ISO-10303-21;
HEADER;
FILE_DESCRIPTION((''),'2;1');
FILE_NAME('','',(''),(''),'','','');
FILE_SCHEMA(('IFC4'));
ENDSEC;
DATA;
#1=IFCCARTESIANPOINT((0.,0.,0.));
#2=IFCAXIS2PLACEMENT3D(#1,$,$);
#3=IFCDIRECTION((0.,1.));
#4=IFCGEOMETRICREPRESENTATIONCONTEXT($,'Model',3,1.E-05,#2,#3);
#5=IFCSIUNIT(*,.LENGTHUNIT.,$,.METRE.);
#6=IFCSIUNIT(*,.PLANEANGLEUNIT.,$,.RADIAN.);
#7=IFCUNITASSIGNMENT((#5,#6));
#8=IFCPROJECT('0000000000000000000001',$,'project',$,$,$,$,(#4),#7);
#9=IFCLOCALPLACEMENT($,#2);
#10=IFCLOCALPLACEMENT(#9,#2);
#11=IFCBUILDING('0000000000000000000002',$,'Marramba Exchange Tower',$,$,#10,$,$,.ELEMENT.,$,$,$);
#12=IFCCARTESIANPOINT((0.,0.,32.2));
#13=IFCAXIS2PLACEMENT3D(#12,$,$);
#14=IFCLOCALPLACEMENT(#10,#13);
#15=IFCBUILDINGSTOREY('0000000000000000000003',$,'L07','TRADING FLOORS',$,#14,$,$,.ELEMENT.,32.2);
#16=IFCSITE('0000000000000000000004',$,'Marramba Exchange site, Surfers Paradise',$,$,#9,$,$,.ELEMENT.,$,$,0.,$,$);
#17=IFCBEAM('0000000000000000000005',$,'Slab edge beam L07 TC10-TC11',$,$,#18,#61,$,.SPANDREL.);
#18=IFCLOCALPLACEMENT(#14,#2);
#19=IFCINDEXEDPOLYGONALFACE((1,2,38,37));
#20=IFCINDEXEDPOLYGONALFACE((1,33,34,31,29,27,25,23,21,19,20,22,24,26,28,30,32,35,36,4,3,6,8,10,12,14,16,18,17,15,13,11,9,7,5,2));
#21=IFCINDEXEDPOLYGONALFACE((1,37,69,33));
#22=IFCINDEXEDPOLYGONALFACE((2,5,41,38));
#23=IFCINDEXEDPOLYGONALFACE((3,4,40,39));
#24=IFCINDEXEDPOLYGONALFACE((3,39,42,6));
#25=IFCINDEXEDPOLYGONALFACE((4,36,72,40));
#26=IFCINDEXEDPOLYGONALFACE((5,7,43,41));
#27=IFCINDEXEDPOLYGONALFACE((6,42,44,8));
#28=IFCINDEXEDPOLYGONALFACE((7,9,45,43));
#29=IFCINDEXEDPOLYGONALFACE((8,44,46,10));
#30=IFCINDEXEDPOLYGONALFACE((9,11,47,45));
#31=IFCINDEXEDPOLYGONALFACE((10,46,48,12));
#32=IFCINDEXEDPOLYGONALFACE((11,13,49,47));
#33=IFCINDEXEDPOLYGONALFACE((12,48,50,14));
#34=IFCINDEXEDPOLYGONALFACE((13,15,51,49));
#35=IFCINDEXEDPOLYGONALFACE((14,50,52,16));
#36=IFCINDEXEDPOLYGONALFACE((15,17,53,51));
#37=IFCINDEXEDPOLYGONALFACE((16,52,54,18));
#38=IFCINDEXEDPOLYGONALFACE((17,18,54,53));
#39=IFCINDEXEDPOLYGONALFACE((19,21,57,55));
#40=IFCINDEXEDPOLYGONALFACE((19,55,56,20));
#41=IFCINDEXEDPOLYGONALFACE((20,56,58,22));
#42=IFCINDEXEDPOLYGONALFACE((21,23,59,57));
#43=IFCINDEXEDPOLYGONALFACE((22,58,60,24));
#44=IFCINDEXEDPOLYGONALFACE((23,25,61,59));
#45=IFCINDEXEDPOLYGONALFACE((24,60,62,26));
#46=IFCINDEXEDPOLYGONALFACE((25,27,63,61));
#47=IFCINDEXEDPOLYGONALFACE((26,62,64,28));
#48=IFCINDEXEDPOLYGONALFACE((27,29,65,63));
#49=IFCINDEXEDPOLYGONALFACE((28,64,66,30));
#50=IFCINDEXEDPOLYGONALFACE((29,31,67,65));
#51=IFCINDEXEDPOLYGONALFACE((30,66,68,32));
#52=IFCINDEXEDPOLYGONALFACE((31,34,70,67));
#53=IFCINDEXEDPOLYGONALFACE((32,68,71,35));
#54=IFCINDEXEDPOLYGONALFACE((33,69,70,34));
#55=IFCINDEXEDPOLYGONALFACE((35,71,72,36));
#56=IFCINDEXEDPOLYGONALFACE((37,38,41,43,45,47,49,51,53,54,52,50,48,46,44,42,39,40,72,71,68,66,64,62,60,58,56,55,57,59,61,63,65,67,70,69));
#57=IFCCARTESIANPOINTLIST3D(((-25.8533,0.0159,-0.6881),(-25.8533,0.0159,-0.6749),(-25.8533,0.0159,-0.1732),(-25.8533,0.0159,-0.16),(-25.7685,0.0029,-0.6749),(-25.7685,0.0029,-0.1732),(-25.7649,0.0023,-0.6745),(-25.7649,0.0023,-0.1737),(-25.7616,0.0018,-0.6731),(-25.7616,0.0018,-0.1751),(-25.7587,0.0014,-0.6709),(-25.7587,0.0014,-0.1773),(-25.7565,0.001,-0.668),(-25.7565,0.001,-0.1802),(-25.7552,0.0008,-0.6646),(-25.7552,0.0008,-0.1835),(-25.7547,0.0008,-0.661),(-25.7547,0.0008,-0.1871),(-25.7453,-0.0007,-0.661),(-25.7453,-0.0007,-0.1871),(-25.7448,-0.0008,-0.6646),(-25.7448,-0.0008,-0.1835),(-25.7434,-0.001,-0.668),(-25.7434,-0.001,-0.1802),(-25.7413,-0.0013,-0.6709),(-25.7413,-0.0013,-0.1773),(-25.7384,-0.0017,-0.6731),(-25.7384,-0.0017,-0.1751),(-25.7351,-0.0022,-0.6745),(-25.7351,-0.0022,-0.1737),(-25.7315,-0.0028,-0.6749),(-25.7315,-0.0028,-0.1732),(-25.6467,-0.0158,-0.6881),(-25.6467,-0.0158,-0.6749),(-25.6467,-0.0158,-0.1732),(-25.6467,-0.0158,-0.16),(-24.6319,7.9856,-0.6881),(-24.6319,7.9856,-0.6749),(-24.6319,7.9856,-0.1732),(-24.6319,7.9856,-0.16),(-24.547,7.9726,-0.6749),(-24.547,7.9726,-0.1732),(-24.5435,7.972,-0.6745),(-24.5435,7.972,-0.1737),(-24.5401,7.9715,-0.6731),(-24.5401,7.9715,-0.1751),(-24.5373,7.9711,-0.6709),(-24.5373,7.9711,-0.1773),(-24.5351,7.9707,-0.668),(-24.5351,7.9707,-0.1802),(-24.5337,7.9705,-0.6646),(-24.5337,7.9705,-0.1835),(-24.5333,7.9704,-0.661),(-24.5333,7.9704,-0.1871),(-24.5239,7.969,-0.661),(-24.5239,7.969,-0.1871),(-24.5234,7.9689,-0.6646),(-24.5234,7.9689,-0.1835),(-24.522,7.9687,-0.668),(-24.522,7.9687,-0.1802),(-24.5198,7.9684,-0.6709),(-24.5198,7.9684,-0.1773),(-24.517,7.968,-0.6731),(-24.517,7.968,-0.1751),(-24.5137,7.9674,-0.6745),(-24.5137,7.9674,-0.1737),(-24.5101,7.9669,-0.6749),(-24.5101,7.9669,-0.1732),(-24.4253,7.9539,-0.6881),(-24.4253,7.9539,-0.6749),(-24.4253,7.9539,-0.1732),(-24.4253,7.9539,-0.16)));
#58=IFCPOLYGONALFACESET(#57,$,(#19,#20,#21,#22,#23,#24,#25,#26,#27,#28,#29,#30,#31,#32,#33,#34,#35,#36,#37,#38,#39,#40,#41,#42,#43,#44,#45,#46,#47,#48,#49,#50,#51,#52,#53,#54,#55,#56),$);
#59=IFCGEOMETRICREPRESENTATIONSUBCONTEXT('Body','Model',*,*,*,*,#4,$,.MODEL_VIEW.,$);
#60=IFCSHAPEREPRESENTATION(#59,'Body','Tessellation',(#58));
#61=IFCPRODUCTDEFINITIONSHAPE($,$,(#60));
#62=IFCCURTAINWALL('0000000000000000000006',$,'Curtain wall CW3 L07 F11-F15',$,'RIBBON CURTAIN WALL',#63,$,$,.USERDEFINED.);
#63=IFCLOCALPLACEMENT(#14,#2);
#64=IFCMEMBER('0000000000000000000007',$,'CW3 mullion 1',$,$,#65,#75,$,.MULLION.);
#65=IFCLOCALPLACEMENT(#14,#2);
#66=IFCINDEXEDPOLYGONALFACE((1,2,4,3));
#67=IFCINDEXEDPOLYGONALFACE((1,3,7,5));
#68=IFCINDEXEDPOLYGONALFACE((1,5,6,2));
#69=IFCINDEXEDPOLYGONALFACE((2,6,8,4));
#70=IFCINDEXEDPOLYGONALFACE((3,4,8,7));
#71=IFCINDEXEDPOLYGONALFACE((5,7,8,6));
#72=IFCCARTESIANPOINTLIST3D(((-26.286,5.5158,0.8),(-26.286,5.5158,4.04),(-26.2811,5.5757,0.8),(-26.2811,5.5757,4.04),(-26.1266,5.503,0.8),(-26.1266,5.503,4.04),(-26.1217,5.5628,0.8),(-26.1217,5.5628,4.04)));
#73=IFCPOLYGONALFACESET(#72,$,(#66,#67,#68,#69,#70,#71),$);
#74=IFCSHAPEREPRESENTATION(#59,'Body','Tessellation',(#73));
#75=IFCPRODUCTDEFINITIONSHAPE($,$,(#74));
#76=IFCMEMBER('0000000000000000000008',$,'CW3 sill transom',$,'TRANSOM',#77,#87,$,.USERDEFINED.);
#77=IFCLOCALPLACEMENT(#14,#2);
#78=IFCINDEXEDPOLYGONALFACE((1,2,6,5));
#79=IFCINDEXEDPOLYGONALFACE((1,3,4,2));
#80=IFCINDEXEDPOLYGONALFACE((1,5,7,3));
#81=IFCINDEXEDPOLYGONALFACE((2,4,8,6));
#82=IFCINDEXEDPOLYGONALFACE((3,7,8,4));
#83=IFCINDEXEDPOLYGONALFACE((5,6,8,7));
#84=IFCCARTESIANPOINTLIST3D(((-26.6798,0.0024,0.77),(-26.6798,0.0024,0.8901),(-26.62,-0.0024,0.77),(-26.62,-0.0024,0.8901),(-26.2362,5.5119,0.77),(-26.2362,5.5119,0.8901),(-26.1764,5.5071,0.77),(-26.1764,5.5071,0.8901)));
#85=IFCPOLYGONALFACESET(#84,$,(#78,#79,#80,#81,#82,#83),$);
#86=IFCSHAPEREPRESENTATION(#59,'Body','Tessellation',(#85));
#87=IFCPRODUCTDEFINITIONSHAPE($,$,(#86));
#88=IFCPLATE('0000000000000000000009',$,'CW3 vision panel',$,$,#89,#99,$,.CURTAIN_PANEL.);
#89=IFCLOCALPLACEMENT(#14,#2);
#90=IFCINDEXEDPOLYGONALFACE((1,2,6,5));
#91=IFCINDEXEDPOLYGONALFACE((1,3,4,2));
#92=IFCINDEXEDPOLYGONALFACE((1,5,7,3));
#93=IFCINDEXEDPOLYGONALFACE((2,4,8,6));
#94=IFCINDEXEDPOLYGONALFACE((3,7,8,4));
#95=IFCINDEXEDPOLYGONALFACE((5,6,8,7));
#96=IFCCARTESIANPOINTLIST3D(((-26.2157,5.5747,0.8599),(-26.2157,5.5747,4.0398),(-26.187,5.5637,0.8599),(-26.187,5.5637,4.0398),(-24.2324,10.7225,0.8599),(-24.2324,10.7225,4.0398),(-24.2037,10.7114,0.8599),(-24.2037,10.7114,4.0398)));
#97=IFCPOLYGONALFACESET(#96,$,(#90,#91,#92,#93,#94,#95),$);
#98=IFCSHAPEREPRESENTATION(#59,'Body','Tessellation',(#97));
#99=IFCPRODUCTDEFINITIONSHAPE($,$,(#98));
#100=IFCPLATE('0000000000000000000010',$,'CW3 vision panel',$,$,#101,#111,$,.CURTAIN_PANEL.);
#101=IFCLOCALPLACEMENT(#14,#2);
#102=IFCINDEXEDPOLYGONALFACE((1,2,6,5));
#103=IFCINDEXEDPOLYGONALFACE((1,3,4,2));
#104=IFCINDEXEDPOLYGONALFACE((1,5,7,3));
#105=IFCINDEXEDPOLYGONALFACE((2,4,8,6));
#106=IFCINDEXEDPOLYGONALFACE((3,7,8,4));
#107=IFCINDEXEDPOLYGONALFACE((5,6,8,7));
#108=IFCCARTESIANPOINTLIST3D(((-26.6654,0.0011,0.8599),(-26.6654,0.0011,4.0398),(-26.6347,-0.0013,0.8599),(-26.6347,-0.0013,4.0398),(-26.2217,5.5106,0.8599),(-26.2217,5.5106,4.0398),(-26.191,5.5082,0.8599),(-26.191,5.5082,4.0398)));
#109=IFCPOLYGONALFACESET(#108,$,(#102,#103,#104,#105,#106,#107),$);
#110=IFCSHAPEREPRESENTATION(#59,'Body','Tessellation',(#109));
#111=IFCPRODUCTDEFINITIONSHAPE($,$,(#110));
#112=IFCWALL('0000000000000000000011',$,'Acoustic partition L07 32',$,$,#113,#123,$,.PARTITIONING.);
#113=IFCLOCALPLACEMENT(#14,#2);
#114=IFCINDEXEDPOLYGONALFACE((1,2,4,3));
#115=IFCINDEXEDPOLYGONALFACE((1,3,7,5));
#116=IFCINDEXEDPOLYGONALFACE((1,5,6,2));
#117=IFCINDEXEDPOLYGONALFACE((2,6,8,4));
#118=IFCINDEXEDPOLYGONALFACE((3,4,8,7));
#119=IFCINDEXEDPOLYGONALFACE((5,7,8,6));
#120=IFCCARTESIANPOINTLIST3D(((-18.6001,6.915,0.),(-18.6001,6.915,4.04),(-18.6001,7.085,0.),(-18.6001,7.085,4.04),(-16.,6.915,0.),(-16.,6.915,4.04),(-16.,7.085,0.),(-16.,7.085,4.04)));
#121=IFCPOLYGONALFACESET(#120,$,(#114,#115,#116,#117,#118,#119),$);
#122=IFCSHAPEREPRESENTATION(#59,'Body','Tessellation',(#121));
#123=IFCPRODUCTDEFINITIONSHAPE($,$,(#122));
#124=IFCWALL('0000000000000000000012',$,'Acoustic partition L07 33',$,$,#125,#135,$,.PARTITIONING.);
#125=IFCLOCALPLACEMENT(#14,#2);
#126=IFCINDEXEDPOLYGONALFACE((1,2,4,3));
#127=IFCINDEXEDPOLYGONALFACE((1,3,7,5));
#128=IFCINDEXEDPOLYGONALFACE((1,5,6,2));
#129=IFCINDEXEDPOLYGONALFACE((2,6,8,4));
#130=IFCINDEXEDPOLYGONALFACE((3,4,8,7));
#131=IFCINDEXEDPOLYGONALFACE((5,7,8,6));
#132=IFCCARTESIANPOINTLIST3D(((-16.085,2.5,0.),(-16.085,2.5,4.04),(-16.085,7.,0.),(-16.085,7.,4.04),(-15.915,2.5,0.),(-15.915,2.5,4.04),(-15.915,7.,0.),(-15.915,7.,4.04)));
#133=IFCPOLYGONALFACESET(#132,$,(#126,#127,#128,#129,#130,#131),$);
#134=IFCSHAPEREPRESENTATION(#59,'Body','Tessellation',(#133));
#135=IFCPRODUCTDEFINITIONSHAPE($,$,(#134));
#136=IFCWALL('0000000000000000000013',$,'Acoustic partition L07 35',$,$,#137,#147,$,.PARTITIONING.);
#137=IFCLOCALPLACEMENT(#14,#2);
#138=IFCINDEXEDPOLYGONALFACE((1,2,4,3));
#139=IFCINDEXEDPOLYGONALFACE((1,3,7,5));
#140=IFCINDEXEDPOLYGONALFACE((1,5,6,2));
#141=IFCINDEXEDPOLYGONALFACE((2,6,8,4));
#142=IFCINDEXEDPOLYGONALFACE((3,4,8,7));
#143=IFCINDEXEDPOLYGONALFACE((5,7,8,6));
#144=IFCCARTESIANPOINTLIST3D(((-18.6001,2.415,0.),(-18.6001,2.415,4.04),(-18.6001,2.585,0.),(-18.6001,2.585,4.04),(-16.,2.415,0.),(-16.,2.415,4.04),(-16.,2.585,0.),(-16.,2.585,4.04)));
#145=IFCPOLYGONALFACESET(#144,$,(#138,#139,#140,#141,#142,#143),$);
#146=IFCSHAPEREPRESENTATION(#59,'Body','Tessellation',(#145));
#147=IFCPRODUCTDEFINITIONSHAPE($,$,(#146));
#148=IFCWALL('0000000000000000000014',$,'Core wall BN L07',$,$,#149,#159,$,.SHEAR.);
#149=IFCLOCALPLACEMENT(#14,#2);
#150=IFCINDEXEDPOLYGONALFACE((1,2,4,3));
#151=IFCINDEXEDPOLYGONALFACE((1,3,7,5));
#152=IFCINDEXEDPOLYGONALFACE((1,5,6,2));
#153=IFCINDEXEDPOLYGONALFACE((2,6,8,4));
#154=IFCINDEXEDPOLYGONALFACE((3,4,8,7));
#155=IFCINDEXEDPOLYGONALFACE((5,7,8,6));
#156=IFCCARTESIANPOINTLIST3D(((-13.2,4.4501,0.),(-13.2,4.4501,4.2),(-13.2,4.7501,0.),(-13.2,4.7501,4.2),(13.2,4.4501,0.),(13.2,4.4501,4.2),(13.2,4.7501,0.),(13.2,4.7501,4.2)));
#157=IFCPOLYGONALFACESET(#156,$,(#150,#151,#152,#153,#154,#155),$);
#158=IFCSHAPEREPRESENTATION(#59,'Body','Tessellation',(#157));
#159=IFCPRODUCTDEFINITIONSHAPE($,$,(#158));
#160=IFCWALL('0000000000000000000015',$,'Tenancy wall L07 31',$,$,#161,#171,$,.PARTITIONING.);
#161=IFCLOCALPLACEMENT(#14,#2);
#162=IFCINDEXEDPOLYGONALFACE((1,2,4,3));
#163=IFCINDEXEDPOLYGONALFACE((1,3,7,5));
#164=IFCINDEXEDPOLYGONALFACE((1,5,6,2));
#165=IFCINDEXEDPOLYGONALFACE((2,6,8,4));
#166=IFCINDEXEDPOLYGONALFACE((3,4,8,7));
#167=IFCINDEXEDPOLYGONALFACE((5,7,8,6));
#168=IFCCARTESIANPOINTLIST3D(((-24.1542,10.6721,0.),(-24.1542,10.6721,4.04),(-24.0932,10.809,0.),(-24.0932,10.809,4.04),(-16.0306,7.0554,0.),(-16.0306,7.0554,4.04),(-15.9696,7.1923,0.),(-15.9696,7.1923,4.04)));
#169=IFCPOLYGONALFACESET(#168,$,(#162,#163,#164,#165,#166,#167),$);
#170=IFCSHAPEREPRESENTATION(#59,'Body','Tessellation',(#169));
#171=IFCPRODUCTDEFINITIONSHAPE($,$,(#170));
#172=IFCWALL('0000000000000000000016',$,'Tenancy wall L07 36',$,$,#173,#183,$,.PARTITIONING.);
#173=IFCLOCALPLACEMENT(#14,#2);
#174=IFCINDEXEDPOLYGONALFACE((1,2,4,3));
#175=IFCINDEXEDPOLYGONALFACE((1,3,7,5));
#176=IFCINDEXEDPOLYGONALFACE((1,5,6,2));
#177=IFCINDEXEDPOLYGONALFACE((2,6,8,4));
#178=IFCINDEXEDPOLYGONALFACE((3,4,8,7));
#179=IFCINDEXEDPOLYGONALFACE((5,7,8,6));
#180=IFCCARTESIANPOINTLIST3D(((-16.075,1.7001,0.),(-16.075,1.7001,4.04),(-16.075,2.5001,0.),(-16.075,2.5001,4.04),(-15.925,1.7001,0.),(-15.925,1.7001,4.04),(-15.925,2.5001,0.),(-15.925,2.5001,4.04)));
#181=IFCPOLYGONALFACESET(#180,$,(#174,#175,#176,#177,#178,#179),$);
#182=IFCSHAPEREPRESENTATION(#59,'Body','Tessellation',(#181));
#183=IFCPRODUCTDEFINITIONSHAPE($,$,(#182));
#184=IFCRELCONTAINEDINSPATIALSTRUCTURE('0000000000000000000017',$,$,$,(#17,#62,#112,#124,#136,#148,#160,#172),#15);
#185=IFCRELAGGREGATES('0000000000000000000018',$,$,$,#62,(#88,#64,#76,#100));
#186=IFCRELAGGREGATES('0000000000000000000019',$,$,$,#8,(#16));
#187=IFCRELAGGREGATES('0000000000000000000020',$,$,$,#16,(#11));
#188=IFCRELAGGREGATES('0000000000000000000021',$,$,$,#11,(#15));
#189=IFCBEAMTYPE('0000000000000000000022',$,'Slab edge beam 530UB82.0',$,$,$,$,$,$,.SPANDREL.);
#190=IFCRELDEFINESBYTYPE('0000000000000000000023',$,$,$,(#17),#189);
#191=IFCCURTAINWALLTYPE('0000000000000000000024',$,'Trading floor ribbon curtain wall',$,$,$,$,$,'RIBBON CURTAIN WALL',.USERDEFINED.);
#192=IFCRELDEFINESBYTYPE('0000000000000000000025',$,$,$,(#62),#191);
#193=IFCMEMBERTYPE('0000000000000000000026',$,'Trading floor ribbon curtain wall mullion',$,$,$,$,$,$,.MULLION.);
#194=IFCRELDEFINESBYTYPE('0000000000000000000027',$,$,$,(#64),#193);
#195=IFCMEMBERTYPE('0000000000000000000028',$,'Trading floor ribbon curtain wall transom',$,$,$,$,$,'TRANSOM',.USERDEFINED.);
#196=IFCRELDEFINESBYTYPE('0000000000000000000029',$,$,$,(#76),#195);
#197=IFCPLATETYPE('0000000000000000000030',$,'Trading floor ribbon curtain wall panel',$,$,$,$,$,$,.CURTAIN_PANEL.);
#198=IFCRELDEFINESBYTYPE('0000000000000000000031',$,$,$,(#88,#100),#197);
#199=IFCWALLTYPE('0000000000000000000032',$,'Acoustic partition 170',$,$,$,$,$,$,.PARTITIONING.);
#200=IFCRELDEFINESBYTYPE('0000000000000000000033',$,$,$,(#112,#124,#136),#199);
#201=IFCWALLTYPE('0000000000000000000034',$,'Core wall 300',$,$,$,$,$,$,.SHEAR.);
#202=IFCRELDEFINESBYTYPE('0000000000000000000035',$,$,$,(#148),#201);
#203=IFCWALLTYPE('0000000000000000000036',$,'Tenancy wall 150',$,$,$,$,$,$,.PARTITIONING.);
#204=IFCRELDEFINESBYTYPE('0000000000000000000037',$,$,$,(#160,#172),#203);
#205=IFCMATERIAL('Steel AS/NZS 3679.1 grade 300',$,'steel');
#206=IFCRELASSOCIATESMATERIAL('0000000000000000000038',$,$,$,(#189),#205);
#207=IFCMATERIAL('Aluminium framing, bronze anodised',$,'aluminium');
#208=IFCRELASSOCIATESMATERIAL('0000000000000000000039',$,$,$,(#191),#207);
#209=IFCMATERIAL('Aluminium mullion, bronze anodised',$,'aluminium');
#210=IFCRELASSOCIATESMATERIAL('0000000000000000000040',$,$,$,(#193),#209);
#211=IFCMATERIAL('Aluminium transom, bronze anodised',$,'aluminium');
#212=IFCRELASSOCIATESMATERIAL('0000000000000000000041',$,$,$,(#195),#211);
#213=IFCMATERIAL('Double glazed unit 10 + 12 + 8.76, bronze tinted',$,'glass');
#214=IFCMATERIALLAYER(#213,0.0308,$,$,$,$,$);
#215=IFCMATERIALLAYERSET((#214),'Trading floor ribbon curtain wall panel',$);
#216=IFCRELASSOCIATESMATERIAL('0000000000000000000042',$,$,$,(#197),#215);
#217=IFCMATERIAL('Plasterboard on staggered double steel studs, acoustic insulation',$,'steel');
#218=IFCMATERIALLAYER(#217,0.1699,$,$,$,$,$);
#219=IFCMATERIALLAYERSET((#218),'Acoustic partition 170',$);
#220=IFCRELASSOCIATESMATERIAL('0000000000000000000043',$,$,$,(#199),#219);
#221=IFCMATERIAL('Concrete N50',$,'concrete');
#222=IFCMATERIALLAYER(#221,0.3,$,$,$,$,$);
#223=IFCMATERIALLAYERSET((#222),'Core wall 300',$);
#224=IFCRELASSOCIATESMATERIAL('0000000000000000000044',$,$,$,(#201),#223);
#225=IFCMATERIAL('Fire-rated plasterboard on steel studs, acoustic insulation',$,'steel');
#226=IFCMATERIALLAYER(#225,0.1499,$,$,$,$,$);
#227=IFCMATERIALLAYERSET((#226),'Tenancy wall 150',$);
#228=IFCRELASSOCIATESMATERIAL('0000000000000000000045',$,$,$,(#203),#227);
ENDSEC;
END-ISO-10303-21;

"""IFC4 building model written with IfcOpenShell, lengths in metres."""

from ifc_helpers import new_model, si_unit, direction, frame, frame_2d, origin, origin_2d, place, context, subcontext, project, spatial, rectangle, i_section, extrude, material, layer, layer_set, material_profile, profile_set, type_object, element, aggregate, save


model = new_model("IFC4")

# Units and contexts
model_context = context("Model", 3, precision=1e-05, world=origin(), true_north=direction((0.0, 1.0)))
body_context = subcontext(model_context, "Body", "Model", "MODEL_VIEW")
ifc_project = project(units=[si_unit("LENGTHUNIT", "METRE"), si_unit("PLANEANGLEUNIT", "RADIAN")], contexts=[model_context])

# Site, building, storey
site_placement = place(None, origin())
site = spatial("IfcSite", under=ifc_project, at=site_placement, Name="Marramba Exchange site, Surfers Paradise", CompositionType="ELEMENT", RefElevation=0.0)
building_placement = place(site_placement, origin())
building = spatial("IfcBuilding", under=site, at=building_placement, Name="Marramba Exchange Tower", CompositionType="ELEMENT")
storey_placement = place(building_placement, frame((0.0, 0.0, 32.2)))
storey = spatial("IfcBuildingStorey", under=building, at=storey_placement, Name="L07", Description="TRADING FLOORS", CompositionType="ELEMENT", Elevation=32.2)

# Shared definitions
ifc_material_1 = material(Name="Concrete N50", Category="concrete")

# Beam
ifc_material_2 = material(Name="Steel AS/NZS 3679.1 grade 300", Category="steel")
ifc_material_profile_1 = material_profile(ifc_material_2, i_section(OverallWidth=0.209, OverallDepth=0.5281, WebThickness=0.0095, FlangeThickness=0.0132, FilletRadius=0.0139, at=origin_2d()), Name="530UB82.0")
ifc_profile_set_1 = profile_set([ifc_material_profile_1], Name="Steel AS/NZS 3679.1 grade 300")
beam_type_1 = type_object("IfcBeamType", Name="Slab edge beam 530UB82.0", PredefinedType="SPANDREL", material=ifc_profile_set_1)
beam_1_placement = place(storey_placement, frame((-24.5286, 7.9697, -0.4241), z_axis=(-0.151491, -0.988459, 0.0), x_axis=(0.988459, -0.151491, 0.0)))
element("IfcBeam", 1, at=beam_1_placement, inside=storey, type_object=beam_type_1, Name="Slab edge beam L07 TC10-TC11", PredefinedType="SPANDREL", context=body_context, shape_type="SweptSolid", body=[
    extrude(i_section(OverallWidth=0.209, OverallDepth=0.5281, WebThickness=0.0095, FlangeThickness=0.0132, FilletRadius=0.0139, at=origin_2d()), origin(), (0.0, 0.0, 1.0), 8.0627),
])

# Curtain wall, members, plates
ifc_material_3 = material(Name="Aluminium framing, bronze anodised", Category="aluminium")
curtain_wall_type = type_object("IfcCurtainWallType", Name="Trading floor ribbon curtain wall", ElementType="RIBBON CURTAIN WALL", PredefinedType="USERDEFINED", material=ifc_material_3)
curtain_wall_placement = place(storey_placement, origin())
curtain_wall = element("IfcCurtainWall", 2, at=curtain_wall_placement, inside=storey, type_object=curtain_wall_type, Name="Curtain wall CW3 L07 F11-F15", ObjectType="RIBBON CURTAIN WALL", PredefinedType="USERDEFINED")
ifc_material_4 = material(Name="Aluminium mullion, bronze anodised", Category="aluminium")
ifc_material_profile_2 = material_profile(ifc_material_4, rectangle(XDim=0.1599, YDim=0.0601, at=origin_2d()), Name="CW3 mullion 60x160")
ifc_profile_set_2 = profile_set([ifc_material_profile_2], Name="Aluminium mullion, bronze anodised")
member_type_1 = type_object("IfcMemberType", Name="Trading floor ribbon curtain wall mullion", PredefinedType="MULLION", material=ifc_profile_set_2)
member_1_placement = place(storey_placement, frame((-26.2039, 5.5393, 0.8), z_axis=(0.0, 0.0, 1.0), x_axis=(0.996773, -0.080275, 0.0)))
member_1 = element("IfcMember", 3, at=member_1_placement, type_object=member_type_1, Name="CW3 mullion 1", PredefinedType="MULLION", context=body_context, shape_type="SweptSolid", body=[
    extrude(rectangle(XDim=0.1599, YDim=0.0601, at=origin_2d()), origin(), (0.0, 0.0, 1.0), 3.24),
])
ifc_material_5 = material(Name="Aluminium transom, bronze anodised", Category="aluminium")
ifc_material_profile_3 = material_profile(ifc_material_5, rectangle(XDim=0.0601, YDim=0.1201, at=origin_2d()), Name="CW3 transom 60x120")
ifc_profile_set_3 = profile_set([ifc_material_profile_3], Name="Aluminium transom, bronze anodised")
member_type_2 = type_object("IfcMemberType", Name="Trading floor ribbon curtain wall transom", ElementType="TRANSOM", PredefinedType="USERDEFINED", material=ifc_profile_set_3)
member_2_placement = place(storey_placement, frame((-26.2063, 5.5095, 0.8301), z_axis=(-0.080256, -0.996774, 0.0), x_axis=(0.996774, -0.080256, 0.0)))
member_2 = element("IfcMember", 4, at=member_2_placement, type_object=member_type_2, Name="CW3 sill transom", ObjectType="TRANSOM", PredefinedType="USERDEFINED", context=body_context, shape_type="SweptSolid", body=[
    extrude(rectangle(XDim=0.0601, YDim=0.1201, at=origin_2d()), origin(), (0.0, 0.0, 1.0), 5.5273),
])
ifc_material_6 = material(Name="Double glazed unit 10 + 12 + 8.76, bronze tinted", Category="glass")
ifc_layer_1 = layer(ifc_material_6, 0.0308)
ifc_layer_set_1 = layer_set([ifc_layer_1], Name="Trading floor ribbon curtain wall panel")
plate_type = type_object("IfcPlateType", Name="Trading floor ribbon curtain wall panel", PredefinedType="CURTAIN_PANEL", material=ifc_layer_set_1)
plate_1_placement = place(storey_placement, frame((-25.2097, 8.1431, 0.8599), z_axis=(0.0, 0.0, 1.0), x_axis=(-0.359526, -0.933135, 0.0)))
plate_1 = element("IfcPlate", 5, at=plate_1_placement, type_object=plate_type, Name="CW3 vision panel", PredefinedType="CURTAIN_PANEL", context=body_context, shape_type="SweptSolid", body=[
    extrude(rectangle(XDim=5.5166, YDim=0.0308, at=origin_2d()), origin(), (0.0, 0.0, 1.0), 3.1799),
])
plate_2_placement = place(storey_placement, frame((-26.4282, 2.7546, 0.8599), z_axis=(0.0, 0.0, 1.0), x_axis=(-0.080275, -0.996773, 0.0)))
plate_2 = element("IfcPlate", 6, at=plate_2_placement, type_object=plate_type, Name="CW3 vision panel", PredefinedType="CURTAIN_PANEL", context=body_context, shape_type="SweptSolid", body=[
    extrude(rectangle(XDim=5.5273, YDim=0.0308, at=origin_2d()), origin(), (0.0, 0.0, 1.0), 3.1799),
])
aggregate(curtain_wall, [plate_1, member_1, member_2, plate_2])

# Walls
ifc_material_7 = material(Name="Plasterboard on staggered double steel studs, acoustic insulation", Category="steel")
ifc_layer_2 = layer(ifc_material_7, 0.1699)
ifc_layer_set_2 = layer_set([ifc_layer_2], Name="Acoustic partition 170")
wall_type_1 = type_object("IfcWallType", Name="Acoustic partition 170", PredefinedType="PARTITIONING", material=ifc_layer_set_2)
wall_1_placement = place(storey_placement, frame((-16.0, 7.0, 0.0), z_axis=(0.0, 0.0, 1.0), x_axis=(-1.0, 0.0, 0.0)))
element("IfcWall", 7, at=wall_1_placement, inside=storey, type_object=wall_type_1, Name="Acoustic partition L07 32", PredefinedType="PARTITIONING", context=body_context, shape_type="SweptSolid", body=[
    extrude(rectangle(XDim=2.6001, YDim=0.1699, at=frame_2d((1.3, 0.0))), origin(), (0.0, 0.0, 1.0), 4.04),
])
wall_2_placement = place(storey_placement, frame((-16.0, 2.5, 0.0), z_axis=(0.0, 0.0, 1.0), x_axis=(0.0, 1.0, 0.0)))
element("IfcWall", 8, at=wall_2_placement, inside=storey, type_object=wall_type_1, Name="Acoustic partition L07 33", PredefinedType="PARTITIONING", context=body_context, shape_type="SweptSolid", body=[
    extrude(rectangle(XDim=4.5, YDim=0.1699, at=frame_2d((2.25, 0.0))), origin(), (0.0, 0.0, 1.0), 4.04),
])

# Walls
wall_3_placement = place(storey_placement, frame((-18.6001, 2.5, 0.0), z_axis=(0.0, 0.0, 1.0), x_axis=(1.0, 0.0, 0.0)))
element("IfcWall", 9, at=wall_3_placement, inside=storey, type_object=wall_type_1, Name="Acoustic partition L07 35", PredefinedType="PARTITIONING", context=body_context, shape_type="SweptSolid", body=[
    extrude(rectangle(XDim=2.6001, YDim=0.1699, at=frame_2d((1.3, 0.0))), origin(), (0.0, 0.0, 1.0), 4.04),
])
ifc_layer_3 = layer(ifc_material_1, 0.3)
ifc_layer_set_3 = layer_set([ifc_layer_3], Name="Core wall 300")
wall_type_2 = type_object("IfcWallType", Name="Core wall 300", PredefinedType="SHEAR", material=ifc_layer_set_3)
wall_4_placement = place(storey_placement, frame((-13.2, 4.6001, 0.0), z_axis=(0.0, 0.0, 1.0), x_axis=(1.0, 0.0, 0.0)))
element("IfcWall", 10, at=wall_4_placement, inside=storey, type_object=wall_type_2, Name="Core wall BN L07", PredefinedType="SHEAR", context=body_context, shape_type="SweptSolid", body=[
    extrude(rectangle(XDim=26.3999, YDim=0.3, at=frame_2d((13.2, 0.0))), origin(), (0.0, 0.0, 1.0), 4.2),
])
ifc_material_8 = material(Name="Fire-rated plasterboard on steel studs, acoustic insulation", Category="steel")
ifc_layer_4 = layer(ifc_material_8, 0.1499)
ifc_layer_set_4 = layer_set([ifc_layer_4], Name="Tenancy wall 150")
wall_type_3 = type_object("IfcWallType", Name="Tenancy wall 150", PredefinedType="PARTITIONING", material=ifc_layer_set_4)
wall_5_placement = place(storey_placement, frame((-16.0, 7.1238, 0.0), z_axis=(0.0, 0.0, 1.0), x_axis=(-0.913551, 0.406724, 0.0)))
element("IfcWall", 11, at=wall_5_placement, inside=storey, type_object=wall_type_3, Name="Tenancy wall L07 31", PredefinedType="PARTITIONING", context=body_context, shape_type="SweptSolid", body=[
    extrude(rectangle(XDim=8.8923, YDim=0.1499, at=frame_2d((4.4463, 0.0))), origin(), (0.0, 0.0, 1.0), 4.04),
])
wall_6_placement = place(storey_placement, frame((-16.0, 2.5, 0.0), z_axis=(0.0, 0.0, 1.0), x_axis=(0.0, -1.0, 0.0)))
element("IfcWall", 12, at=wall_6_placement, inside=storey, type_object=wall_type_3, Name="Tenancy wall L07 36", PredefinedType="PARTITIONING", context=body_context, shape_type="SweptSolid", body=[
    extrude(rectangle(XDim=0.8, YDim=0.1499, at=frame_2d((0.3999, 0.0))), origin(), (0.0, 0.0, 1.0), 4.04),
])

save(model, "model.ifc")
